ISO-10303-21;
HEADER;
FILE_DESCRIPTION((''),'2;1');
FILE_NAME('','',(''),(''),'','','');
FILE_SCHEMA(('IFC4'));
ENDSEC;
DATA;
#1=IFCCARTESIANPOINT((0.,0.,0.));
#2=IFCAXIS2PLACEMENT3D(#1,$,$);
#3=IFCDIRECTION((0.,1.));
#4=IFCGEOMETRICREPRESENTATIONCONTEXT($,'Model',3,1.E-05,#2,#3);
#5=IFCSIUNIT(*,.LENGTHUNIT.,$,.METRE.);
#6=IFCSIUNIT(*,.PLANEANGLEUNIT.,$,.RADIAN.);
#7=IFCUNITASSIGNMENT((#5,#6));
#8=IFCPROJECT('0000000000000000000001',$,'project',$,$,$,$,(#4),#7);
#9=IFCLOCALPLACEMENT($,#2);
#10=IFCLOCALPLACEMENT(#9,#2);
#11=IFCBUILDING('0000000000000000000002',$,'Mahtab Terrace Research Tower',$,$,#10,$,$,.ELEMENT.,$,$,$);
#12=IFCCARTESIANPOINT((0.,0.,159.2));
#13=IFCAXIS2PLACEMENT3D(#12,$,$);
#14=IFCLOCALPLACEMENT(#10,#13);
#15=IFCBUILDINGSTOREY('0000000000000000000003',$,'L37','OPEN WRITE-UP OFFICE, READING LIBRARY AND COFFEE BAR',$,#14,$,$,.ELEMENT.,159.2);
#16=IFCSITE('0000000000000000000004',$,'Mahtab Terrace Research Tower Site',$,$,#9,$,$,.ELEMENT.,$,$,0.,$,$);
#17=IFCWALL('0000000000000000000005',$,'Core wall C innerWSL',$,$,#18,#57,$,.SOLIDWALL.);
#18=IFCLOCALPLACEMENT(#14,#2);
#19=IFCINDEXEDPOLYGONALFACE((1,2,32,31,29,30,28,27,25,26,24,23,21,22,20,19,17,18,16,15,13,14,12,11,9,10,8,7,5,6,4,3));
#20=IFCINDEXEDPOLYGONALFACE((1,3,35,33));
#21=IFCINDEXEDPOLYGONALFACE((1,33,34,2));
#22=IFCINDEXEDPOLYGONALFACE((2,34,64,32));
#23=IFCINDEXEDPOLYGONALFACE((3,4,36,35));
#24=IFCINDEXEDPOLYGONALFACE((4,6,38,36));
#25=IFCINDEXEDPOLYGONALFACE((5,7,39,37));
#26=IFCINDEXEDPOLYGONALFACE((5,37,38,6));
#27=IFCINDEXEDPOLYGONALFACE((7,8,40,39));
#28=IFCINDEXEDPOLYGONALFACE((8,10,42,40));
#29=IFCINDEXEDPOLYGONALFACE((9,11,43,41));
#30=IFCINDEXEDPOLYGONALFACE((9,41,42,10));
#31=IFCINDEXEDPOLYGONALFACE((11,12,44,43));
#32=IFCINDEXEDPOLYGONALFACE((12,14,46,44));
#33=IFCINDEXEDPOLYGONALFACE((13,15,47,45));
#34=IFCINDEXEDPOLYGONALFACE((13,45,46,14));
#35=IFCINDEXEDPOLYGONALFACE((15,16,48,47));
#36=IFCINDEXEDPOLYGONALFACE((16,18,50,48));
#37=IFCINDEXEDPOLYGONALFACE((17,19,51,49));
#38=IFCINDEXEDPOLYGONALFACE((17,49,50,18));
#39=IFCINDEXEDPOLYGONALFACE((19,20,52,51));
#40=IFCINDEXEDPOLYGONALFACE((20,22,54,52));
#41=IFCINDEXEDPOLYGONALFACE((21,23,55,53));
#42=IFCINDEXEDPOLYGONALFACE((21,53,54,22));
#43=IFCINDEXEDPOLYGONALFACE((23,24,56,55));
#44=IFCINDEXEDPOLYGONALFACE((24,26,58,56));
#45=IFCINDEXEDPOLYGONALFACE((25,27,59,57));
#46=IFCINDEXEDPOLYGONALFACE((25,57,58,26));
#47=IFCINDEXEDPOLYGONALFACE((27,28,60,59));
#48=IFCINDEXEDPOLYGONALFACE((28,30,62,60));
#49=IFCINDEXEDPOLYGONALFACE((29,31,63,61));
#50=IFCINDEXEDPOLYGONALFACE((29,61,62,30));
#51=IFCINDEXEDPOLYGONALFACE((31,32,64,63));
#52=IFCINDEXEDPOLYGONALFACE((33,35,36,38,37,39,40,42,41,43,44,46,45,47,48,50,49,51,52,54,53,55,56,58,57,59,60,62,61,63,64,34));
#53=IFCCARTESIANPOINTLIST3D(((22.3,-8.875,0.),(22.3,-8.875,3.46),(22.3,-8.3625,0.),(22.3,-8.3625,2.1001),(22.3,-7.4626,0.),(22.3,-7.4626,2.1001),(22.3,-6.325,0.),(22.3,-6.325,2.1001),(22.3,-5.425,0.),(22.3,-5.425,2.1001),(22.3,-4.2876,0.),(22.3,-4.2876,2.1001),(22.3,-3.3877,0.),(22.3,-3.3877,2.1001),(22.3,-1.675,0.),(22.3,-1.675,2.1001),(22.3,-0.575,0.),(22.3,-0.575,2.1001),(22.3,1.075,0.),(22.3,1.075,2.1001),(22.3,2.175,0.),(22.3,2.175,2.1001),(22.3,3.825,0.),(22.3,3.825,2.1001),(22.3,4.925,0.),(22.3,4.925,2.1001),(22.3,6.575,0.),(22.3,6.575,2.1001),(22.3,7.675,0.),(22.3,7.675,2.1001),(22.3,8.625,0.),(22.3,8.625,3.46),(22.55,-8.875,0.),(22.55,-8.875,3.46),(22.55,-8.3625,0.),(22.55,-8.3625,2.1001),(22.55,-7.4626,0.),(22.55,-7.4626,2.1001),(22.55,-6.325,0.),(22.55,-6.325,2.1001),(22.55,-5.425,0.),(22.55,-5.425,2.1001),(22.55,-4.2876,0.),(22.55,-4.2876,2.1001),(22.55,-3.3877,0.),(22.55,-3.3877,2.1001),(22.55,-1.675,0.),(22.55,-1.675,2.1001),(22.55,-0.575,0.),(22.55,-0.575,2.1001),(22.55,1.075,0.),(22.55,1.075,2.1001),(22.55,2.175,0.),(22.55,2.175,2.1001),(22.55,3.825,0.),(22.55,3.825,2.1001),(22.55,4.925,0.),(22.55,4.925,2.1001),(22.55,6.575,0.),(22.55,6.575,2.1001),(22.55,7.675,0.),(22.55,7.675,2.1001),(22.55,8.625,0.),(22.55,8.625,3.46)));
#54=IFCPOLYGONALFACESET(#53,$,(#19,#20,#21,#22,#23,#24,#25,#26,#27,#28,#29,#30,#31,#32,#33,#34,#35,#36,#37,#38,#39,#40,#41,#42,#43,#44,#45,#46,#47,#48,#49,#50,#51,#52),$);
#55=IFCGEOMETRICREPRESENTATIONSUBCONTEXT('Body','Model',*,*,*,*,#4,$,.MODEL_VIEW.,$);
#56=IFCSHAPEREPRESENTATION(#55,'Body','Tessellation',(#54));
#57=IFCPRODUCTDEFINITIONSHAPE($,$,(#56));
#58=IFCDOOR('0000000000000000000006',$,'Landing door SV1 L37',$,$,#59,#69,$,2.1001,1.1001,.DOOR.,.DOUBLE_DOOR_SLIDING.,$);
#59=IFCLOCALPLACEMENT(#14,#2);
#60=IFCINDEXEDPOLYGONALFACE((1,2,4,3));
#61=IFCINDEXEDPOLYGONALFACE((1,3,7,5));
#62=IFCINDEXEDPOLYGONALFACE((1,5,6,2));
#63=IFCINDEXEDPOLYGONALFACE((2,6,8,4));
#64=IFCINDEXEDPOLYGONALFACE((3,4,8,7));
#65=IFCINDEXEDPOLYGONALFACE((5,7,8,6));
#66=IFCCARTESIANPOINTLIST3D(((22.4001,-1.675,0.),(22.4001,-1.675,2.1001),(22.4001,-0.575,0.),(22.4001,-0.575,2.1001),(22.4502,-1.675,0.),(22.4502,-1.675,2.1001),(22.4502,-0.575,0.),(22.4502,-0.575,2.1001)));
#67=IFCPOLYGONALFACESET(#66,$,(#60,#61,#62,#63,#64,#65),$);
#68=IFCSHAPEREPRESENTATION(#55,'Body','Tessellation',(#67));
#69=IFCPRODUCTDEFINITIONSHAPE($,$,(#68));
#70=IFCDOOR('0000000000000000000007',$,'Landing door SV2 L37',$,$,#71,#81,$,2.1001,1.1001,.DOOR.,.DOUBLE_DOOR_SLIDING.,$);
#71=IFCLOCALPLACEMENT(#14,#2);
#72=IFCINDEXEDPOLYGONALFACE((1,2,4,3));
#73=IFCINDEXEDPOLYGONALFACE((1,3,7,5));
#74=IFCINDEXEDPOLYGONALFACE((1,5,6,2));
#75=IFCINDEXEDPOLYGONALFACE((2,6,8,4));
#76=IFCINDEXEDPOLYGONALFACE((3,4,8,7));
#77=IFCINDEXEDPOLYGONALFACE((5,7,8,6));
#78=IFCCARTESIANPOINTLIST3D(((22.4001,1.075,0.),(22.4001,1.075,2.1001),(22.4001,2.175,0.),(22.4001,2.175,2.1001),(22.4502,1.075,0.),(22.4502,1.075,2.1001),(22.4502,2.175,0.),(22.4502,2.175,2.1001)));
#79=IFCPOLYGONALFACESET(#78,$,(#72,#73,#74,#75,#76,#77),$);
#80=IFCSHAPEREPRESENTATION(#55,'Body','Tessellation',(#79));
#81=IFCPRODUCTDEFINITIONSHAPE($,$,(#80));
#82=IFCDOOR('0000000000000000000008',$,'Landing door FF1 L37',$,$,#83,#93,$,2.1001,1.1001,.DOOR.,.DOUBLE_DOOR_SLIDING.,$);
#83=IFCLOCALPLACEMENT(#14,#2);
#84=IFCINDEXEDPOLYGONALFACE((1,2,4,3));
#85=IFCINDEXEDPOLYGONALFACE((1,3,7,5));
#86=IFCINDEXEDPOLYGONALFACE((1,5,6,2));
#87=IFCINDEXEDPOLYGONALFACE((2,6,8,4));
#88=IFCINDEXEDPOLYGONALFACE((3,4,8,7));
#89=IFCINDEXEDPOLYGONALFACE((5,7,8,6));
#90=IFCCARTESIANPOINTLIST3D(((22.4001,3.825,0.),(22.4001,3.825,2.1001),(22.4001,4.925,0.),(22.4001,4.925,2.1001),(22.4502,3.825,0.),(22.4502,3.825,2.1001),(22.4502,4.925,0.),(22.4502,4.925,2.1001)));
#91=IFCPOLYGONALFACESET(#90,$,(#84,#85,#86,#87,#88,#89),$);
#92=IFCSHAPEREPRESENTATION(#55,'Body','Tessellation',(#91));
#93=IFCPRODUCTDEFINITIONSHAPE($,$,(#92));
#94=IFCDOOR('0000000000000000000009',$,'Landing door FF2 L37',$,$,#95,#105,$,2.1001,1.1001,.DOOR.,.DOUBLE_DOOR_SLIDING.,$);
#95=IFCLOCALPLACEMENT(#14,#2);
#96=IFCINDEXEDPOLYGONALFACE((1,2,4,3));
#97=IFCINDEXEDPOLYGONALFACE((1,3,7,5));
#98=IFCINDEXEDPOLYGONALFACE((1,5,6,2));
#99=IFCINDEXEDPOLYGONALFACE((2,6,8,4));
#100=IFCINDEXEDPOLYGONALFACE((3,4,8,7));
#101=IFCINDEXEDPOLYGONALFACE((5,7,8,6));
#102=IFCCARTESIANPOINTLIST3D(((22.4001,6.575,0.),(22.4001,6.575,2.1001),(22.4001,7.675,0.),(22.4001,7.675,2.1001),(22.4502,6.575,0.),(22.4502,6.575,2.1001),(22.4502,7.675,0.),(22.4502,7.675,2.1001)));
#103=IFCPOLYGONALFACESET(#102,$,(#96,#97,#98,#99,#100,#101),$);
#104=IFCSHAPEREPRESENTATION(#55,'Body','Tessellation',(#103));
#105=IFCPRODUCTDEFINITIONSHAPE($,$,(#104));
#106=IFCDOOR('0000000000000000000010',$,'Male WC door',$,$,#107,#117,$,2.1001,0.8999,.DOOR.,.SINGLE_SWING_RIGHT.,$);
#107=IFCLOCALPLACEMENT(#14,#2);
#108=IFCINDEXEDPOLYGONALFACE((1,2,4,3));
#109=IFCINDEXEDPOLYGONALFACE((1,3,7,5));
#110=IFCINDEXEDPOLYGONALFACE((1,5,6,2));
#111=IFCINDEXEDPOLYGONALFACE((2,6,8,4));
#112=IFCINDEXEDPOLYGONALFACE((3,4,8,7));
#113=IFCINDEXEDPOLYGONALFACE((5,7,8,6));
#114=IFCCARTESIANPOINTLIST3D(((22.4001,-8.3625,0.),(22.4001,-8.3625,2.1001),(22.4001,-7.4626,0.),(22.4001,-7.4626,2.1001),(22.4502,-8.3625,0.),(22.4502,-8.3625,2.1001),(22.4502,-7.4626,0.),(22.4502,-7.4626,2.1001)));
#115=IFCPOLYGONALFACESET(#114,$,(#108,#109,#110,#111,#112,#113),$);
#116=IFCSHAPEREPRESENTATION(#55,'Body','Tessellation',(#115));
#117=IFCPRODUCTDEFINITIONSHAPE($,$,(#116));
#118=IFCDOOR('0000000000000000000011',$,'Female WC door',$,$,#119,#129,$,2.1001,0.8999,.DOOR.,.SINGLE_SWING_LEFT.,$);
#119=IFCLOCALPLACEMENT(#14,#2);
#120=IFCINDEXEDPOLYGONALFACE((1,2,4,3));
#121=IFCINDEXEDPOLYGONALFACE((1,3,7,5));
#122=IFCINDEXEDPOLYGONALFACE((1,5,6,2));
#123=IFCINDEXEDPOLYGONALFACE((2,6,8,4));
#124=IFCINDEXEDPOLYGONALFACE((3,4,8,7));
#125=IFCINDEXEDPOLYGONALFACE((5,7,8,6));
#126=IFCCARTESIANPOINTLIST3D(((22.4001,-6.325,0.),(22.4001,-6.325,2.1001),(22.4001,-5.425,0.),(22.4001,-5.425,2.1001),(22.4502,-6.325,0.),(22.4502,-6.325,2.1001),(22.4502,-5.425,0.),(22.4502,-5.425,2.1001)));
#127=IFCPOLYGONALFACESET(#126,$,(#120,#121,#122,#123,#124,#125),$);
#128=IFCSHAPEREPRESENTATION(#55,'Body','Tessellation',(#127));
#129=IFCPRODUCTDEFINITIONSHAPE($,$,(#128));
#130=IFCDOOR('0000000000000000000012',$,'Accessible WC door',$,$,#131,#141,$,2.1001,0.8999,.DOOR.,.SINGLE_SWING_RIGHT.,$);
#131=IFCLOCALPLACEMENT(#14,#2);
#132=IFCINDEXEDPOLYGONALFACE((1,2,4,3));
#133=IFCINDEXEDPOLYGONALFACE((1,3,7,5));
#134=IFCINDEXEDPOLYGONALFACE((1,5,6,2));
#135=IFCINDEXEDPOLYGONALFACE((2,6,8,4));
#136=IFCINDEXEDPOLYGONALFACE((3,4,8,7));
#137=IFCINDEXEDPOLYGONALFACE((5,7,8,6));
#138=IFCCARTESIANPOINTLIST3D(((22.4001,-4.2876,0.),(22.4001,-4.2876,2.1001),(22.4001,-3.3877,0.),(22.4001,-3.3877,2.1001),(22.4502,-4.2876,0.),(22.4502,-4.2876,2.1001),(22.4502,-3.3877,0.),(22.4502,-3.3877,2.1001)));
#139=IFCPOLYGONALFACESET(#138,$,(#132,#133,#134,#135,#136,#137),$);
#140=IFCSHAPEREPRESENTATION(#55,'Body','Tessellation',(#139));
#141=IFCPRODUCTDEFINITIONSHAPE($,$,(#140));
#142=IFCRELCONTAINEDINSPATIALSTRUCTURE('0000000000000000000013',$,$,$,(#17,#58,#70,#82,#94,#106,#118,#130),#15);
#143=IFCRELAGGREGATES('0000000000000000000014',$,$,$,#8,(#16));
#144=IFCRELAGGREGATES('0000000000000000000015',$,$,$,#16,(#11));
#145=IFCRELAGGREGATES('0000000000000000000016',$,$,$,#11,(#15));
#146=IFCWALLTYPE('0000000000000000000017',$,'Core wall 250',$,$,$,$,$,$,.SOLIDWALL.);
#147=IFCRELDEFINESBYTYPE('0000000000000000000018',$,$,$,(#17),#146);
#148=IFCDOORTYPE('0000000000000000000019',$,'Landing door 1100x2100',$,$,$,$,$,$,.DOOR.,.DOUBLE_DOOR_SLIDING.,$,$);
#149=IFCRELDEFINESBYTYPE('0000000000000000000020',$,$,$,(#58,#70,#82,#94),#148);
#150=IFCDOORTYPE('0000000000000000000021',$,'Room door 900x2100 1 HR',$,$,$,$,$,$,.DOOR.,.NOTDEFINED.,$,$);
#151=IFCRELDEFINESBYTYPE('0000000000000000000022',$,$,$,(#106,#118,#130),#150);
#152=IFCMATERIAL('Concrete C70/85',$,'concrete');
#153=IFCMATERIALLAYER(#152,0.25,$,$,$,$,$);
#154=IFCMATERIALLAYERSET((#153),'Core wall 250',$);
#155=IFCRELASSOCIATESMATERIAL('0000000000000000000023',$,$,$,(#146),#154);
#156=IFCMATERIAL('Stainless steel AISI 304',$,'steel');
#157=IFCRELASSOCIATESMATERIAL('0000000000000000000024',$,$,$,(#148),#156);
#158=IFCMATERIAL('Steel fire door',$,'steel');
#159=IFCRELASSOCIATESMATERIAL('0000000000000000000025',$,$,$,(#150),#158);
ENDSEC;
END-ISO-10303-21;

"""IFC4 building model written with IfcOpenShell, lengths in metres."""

from ifc_helpers import new_model, si_unit, direction, frame, frame_2d, origin, place, context, subcontext, project, spatial, rectangle, extrude, material, layer, layer_set, type_object, element, fill, save


model = new_model("IFC4")

# Units and contexts
model_context = context("Model", 3, precision=1e-05, world=origin(), true_north=direction((0.0, 1.0)))
body_context = subcontext(model_context, "Body", "Model", "MODEL_VIEW")
ifc_project = project(units=[si_unit("LENGTHUNIT", "METRE"), si_unit("PLANEANGLEUNIT", "RADIAN")], contexts=[model_context])

# Site, building, storey
site_placement = place(None, origin())
site = spatial("IfcSite", under=ifc_project, at=site_placement, Name="Mahtab Terrace Research Tower Site", CompositionType="ELEMENT", RefElevation=0.0)
building_placement = place(site_placement, origin())
building = spatial("IfcBuilding", under=site, at=building_placement, Name="Mahtab Terrace Research Tower", CompositionType="ELEMENT")
storey_placement = place(building_placement, frame((0.0, 0.0, 159.2)))
storey = spatial("IfcBuildingStorey", under=building, at=storey_placement, Name="L37", Description="OPEN WRITE-UP OFFICE, READING LIBRARY AND COFFEE BAR", CompositionType="ELEMENT", Elevation=159.2)

# Shared definitions
ifc_material_1 = material(Name="Concrete C70/85", Category="concrete")

# Wall, openings, doors
ifc_layer_1 = layer(ifc_material_1, 0.25)
ifc_layer_set_1 = layer_set([ifc_layer_1], Name="Core wall 250")
wall_type_1 = type_object("IfcWallType", Name="Core wall 250", PredefinedType="SOLIDWALL", material=ifc_layer_set_1)
wall_1_placement = place(storey_placement, frame((22.425, -8.875, 0.0), z_axis=(0.0, 0.0, 1.0), x_axis=(0.0, 1.0, 0.0)))
wall_1 = element("IfcWall", 1, at=wall_1_placement, inside=storey, type_object=wall_type_1, Name="Core wall C innerWSL", PredefinedType="SOLIDWALL", context=body_context, shape_type="SweptSolid", body=[
    extrude(rectangle(XDim=17.5, YDim=0.25, at=frame_2d((8.75, 0.0))), origin(), (0.0, 0.0, 1.0), 3.46),
])
opening_1_placement = place(wall_1_placement, frame((7.2, 0.0, 0.0)))
opening_1 = element("IfcOpeningElement", 2, at=opening_1_placement, cuts=wall_1, PredefinedType="OPENING", context=body_context, shape_type="SweptSolid", body=[
    extrude(rectangle(XDim=1.1001, YDim=2.1001, at=frame_2d((0.55, 1.05))), frame((0.0, 0.135, 0.0), z_axis=(0.0, -1.0, 0.0), x_axis=(1.0, 0.0, 0.0)), (0.0, 0.0, 1.0), 0.27),
])
opening_2_placement = place(wall_1_placement, frame((9.95, 0.0, 0.0)))
opening_2 = element("IfcOpeningElement", 3, at=opening_2_placement, cuts=wall_1, PredefinedType="OPENING", context=body_context, shape_type="SweptSolid", body=[
    extrude(rectangle(XDim=1.1001, YDim=2.1001, at=frame_2d((0.55, 1.05))), frame((0.0, 0.135, 0.0), z_axis=(0.0, -1.0, 0.0), x_axis=(1.0, 0.0, 0.0)), (0.0, 0.0, 1.0), 0.27),
])
opening_3_placement = place(wall_1_placement, frame((12.7, 0.0, 0.0)))
opening_3 = element("IfcOpeningElement", 4, at=opening_3_placement, cuts=wall_1, PredefinedType="OPENING", context=body_context, shape_type="SweptSolid", body=[
    extrude(rectangle(XDim=1.1001, YDim=2.1001, at=frame_2d((0.55, 1.05))), frame((0.0, 0.135, 0.0), z_axis=(0.0, -1.0, 0.0), x_axis=(1.0, 0.0, 0.0)), (0.0, 0.0, 1.0), 0.27),
])
opening_4_placement = place(wall_1_placement, frame((15.45, 0.0, 0.0)))
opening_4 = element("IfcOpeningElement", 5, at=opening_4_placement, cuts=wall_1, PredefinedType="OPENING", context=body_context, shape_type="SweptSolid", body=[
    extrude(rectangle(XDim=1.1001, YDim=2.1001, at=frame_2d((0.55, 1.05))), frame((0.0, 0.135, 0.0), z_axis=(0.0, -1.0, 0.0), x_axis=(1.0, 0.0, 0.0)), (0.0, 0.0, 1.0), 0.27),
])
opening_5_placement = place(wall_1_placement, frame((0.5125, 0.0, 0.0)))
opening_5 = element("IfcOpeningElement", 6, at=opening_5_placement, cuts=wall_1, PredefinedType="OPENING", context=body_context, shape_type="SweptSolid", body=[
    extrude(rectangle(XDim=0.8999, YDim=2.1001, at=frame_2d((0.45, 1.05))), frame((0.0, 0.135, 0.0), z_axis=(0.0, -1.0, 0.0), x_axis=(1.0, 0.0, 0.0)), (0.0, 0.0, 1.0), 0.27),
])
opening_6_placement = place(wall_1_placement, frame((2.55, 0.0, 0.0)))
opening_6 = element("IfcOpeningElement", 7, at=opening_6_placement, cuts=wall_1, PredefinedType="OPENING", context=body_context, shape_type="SweptSolid", body=[
    extrude(rectangle(XDim=0.8999, YDim=2.1001, at=frame_2d((0.45, 1.05))), frame((0.0, 0.135, 0.0), z_axis=(0.0, -1.0, 0.0), x_axis=(1.0, 0.0, 0.0)), (0.0, 0.0, 1.0), 0.27),
])
opening_7_placement = place(wall_1_placement, frame((4.5874, 0.0, 0.0)))
opening_7 = element("IfcOpeningElement", 8, at=opening_7_placement, cuts=wall_1, PredefinedType="OPENING", context=body_context, shape_type="SweptSolid", body=[
    extrude(rectangle(XDim=0.8999, YDim=2.1001, at=frame_2d((0.45, 1.05))), frame((0.0, 0.135, 0.0), z_axis=(0.0, -1.0, 0.0), x_axis=(1.0, 0.0, 0.0)), (0.0, 0.0, 1.0), 0.27),
])
ifc_material_2 = material(Name="Stainless steel AISI 304", Category="steel")
door_type_1 = type_object("IfcDoorType", Name="Landing door 1100x2100", OperationType="DOUBLE_DOOR_SLIDING", PredefinedType="DOOR", material=ifc_material_2)
door_1_placement = place(opening_1_placement, origin())
door_1 = element("IfcDoor", 9, at=door_1_placement, inside=storey, type_object=door_type_1, Name="Landing door SV1 L37", OperationType="DOUBLE_DOOR_SLIDING", OverallHeight=2.1001, OverallWidth=1.1001, PredefinedType="DOOR", context=body_context, shape_type="SweptSolid", body=[
    extrude(rectangle(XDim=1.1001, YDim=2.1001, at=frame_2d((0.55, 1.05))), frame((0.0, 0.0249, 0.0), z_axis=(0.0, -1.0, 0.0), x_axis=(1.0, 0.0, 0.0)), (0.0, 0.0, 1.0), 0.05),
])
fill(opening_1, door_1)
door_2_placement = place(opening_2_placement, origin())
door_2 = element("IfcDoor", 10, at=door_2_placement, inside=storey, type_object=door_type_1, Name="Landing door SV2 L37", OperationType="DOUBLE_DOOR_SLIDING", OverallHeight=2.1001, OverallWidth=1.1001, PredefinedType="DOOR", context=body_context, shape_type="SweptSolid", body=[
    extrude(rectangle(XDim=1.1001, YDim=2.1001, at=frame_2d((0.55, 1.05))), frame((0.0, 0.0249, 0.0), z_axis=(0.0, -1.0, 0.0), x_axis=(1.0, 0.0, 0.0)), (0.0, 0.0, 1.0), 0.05),
])
fill(opening_2, door_2)
door_3_placement = place(opening_3_placement, origin())
door_3 = element("IfcDoor", 11, at=door_3_placement, inside=storey, type_object=door_type_1, Name="Landing door FF1 L37", OperationType="DOUBLE_DOOR_SLIDING", OverallHeight=2.1001, OverallWidth=1.1001, PredefinedType="DOOR", context=body_context, shape_type="SweptSolid", body=[
    extrude(rectangle(XDim=1.1001, YDim=2.1001, at=frame_2d((0.55, 1.05))), frame((0.0, 0.0249, 0.0), z_axis=(0.0, -1.0, 0.0), x_axis=(1.0, 0.0, 0.0)), (0.0, 0.0, 1.0), 0.05),
])
fill(opening_3, door_3)
door_4_placement = place(opening_4_placement, origin())
door_4 = element("IfcDoor", 12, at=door_4_placement, inside=storey, type_object=door_type_1, Name="Landing door FF2 L37", OperationType="DOUBLE_DOOR_SLIDING", OverallHeight=2.1001, OverallWidth=1.1001, PredefinedType="DOOR", context=body_context, shape_type="SweptSolid", body=[
    extrude(rectangle(XDim=1.1001, YDim=2.1001, at=frame_2d((0.55, 1.05))), frame((0.0, 0.0249, 0.0), z_axis=(0.0, -1.0, 0.0), x_axis=(1.0, 0.0, 0.0)), (0.0, 0.0, 1.0), 0.05),
])
fill(opening_4, door_4)
ifc_material_3 = material(Name="Steel fire door", Category="steel")
door_type_2 = type_object("IfcDoorType", Name="Room door 900x2100 1 HR", OperationType="NOTDEFINED", PredefinedType="DOOR", material=ifc_material_3)
door_5_placement = place(opening_5_placement, origin())
door_5 = element("IfcDoor", 13, at=door_5_placement, inside=storey, type_object=door_type_2, Name="Male WC door", OperationType="SINGLE_SWING_RIGHT", OverallHeight=2.1001, OverallWidth=0.8999, PredefinedType="DOOR", context=body_context, shape_type="SweptSolid", body=[
    extrude(rectangle(XDim=0.8999, YDim=2.1001, at=frame_2d((0.45, 1.05))), frame((0.0, 0.0249, 0.0), z_axis=(0.0, -1.0, 0.0), x_axis=(1.0, 0.0, 0.0)), (0.0, 0.0, 1.0), 0.05),
])
fill(opening_5, door_5)
door_6_placement = place(opening_6_placement, origin())
door_6 = element("IfcDoor", 14, at=door_6_placement, inside=storey, type_object=door_type_2, Name="Female WC door", OperationType="SINGLE_SWING_LEFT", OverallHeight=2.1001, OverallWidth=0.8999, PredefinedType="DOOR", context=body_context, shape_type="SweptSolid", body=[
    extrude(rectangle(XDim=0.8999, YDim=2.1001, at=frame_2d((0.45, 1.05))), frame((0.0, 0.0249, 0.0), z_axis=(0.0, -1.0, 0.0), x_axis=(1.0, 0.0, 0.0)), (0.0, 0.0, 1.0), 0.05),
])
fill(opening_6, door_6)
door_7_placement = place(opening_7_placement, origin())
door_7 = element("IfcDoor", 15, at=door_7_placement, inside=storey, type_object=door_type_2, Name="Accessible WC door", OperationType="SINGLE_SWING_RIGHT", OverallHeight=2.1001, OverallWidth=0.8999, PredefinedType="DOOR", context=body_context, shape_type="SweptSolid", body=[
    extrude(rectangle(XDim=0.8999, YDim=2.1001, at=frame_2d((0.45, 1.05))), frame((0.0, 0.0249, 0.0), z_axis=(0.0, -1.0, 0.0), x_axis=(1.0, 0.0, 0.0)), (0.0, 0.0, 1.0), 0.05),
])
fill(opening_7, door_7)

save(model, "model.ifc")
